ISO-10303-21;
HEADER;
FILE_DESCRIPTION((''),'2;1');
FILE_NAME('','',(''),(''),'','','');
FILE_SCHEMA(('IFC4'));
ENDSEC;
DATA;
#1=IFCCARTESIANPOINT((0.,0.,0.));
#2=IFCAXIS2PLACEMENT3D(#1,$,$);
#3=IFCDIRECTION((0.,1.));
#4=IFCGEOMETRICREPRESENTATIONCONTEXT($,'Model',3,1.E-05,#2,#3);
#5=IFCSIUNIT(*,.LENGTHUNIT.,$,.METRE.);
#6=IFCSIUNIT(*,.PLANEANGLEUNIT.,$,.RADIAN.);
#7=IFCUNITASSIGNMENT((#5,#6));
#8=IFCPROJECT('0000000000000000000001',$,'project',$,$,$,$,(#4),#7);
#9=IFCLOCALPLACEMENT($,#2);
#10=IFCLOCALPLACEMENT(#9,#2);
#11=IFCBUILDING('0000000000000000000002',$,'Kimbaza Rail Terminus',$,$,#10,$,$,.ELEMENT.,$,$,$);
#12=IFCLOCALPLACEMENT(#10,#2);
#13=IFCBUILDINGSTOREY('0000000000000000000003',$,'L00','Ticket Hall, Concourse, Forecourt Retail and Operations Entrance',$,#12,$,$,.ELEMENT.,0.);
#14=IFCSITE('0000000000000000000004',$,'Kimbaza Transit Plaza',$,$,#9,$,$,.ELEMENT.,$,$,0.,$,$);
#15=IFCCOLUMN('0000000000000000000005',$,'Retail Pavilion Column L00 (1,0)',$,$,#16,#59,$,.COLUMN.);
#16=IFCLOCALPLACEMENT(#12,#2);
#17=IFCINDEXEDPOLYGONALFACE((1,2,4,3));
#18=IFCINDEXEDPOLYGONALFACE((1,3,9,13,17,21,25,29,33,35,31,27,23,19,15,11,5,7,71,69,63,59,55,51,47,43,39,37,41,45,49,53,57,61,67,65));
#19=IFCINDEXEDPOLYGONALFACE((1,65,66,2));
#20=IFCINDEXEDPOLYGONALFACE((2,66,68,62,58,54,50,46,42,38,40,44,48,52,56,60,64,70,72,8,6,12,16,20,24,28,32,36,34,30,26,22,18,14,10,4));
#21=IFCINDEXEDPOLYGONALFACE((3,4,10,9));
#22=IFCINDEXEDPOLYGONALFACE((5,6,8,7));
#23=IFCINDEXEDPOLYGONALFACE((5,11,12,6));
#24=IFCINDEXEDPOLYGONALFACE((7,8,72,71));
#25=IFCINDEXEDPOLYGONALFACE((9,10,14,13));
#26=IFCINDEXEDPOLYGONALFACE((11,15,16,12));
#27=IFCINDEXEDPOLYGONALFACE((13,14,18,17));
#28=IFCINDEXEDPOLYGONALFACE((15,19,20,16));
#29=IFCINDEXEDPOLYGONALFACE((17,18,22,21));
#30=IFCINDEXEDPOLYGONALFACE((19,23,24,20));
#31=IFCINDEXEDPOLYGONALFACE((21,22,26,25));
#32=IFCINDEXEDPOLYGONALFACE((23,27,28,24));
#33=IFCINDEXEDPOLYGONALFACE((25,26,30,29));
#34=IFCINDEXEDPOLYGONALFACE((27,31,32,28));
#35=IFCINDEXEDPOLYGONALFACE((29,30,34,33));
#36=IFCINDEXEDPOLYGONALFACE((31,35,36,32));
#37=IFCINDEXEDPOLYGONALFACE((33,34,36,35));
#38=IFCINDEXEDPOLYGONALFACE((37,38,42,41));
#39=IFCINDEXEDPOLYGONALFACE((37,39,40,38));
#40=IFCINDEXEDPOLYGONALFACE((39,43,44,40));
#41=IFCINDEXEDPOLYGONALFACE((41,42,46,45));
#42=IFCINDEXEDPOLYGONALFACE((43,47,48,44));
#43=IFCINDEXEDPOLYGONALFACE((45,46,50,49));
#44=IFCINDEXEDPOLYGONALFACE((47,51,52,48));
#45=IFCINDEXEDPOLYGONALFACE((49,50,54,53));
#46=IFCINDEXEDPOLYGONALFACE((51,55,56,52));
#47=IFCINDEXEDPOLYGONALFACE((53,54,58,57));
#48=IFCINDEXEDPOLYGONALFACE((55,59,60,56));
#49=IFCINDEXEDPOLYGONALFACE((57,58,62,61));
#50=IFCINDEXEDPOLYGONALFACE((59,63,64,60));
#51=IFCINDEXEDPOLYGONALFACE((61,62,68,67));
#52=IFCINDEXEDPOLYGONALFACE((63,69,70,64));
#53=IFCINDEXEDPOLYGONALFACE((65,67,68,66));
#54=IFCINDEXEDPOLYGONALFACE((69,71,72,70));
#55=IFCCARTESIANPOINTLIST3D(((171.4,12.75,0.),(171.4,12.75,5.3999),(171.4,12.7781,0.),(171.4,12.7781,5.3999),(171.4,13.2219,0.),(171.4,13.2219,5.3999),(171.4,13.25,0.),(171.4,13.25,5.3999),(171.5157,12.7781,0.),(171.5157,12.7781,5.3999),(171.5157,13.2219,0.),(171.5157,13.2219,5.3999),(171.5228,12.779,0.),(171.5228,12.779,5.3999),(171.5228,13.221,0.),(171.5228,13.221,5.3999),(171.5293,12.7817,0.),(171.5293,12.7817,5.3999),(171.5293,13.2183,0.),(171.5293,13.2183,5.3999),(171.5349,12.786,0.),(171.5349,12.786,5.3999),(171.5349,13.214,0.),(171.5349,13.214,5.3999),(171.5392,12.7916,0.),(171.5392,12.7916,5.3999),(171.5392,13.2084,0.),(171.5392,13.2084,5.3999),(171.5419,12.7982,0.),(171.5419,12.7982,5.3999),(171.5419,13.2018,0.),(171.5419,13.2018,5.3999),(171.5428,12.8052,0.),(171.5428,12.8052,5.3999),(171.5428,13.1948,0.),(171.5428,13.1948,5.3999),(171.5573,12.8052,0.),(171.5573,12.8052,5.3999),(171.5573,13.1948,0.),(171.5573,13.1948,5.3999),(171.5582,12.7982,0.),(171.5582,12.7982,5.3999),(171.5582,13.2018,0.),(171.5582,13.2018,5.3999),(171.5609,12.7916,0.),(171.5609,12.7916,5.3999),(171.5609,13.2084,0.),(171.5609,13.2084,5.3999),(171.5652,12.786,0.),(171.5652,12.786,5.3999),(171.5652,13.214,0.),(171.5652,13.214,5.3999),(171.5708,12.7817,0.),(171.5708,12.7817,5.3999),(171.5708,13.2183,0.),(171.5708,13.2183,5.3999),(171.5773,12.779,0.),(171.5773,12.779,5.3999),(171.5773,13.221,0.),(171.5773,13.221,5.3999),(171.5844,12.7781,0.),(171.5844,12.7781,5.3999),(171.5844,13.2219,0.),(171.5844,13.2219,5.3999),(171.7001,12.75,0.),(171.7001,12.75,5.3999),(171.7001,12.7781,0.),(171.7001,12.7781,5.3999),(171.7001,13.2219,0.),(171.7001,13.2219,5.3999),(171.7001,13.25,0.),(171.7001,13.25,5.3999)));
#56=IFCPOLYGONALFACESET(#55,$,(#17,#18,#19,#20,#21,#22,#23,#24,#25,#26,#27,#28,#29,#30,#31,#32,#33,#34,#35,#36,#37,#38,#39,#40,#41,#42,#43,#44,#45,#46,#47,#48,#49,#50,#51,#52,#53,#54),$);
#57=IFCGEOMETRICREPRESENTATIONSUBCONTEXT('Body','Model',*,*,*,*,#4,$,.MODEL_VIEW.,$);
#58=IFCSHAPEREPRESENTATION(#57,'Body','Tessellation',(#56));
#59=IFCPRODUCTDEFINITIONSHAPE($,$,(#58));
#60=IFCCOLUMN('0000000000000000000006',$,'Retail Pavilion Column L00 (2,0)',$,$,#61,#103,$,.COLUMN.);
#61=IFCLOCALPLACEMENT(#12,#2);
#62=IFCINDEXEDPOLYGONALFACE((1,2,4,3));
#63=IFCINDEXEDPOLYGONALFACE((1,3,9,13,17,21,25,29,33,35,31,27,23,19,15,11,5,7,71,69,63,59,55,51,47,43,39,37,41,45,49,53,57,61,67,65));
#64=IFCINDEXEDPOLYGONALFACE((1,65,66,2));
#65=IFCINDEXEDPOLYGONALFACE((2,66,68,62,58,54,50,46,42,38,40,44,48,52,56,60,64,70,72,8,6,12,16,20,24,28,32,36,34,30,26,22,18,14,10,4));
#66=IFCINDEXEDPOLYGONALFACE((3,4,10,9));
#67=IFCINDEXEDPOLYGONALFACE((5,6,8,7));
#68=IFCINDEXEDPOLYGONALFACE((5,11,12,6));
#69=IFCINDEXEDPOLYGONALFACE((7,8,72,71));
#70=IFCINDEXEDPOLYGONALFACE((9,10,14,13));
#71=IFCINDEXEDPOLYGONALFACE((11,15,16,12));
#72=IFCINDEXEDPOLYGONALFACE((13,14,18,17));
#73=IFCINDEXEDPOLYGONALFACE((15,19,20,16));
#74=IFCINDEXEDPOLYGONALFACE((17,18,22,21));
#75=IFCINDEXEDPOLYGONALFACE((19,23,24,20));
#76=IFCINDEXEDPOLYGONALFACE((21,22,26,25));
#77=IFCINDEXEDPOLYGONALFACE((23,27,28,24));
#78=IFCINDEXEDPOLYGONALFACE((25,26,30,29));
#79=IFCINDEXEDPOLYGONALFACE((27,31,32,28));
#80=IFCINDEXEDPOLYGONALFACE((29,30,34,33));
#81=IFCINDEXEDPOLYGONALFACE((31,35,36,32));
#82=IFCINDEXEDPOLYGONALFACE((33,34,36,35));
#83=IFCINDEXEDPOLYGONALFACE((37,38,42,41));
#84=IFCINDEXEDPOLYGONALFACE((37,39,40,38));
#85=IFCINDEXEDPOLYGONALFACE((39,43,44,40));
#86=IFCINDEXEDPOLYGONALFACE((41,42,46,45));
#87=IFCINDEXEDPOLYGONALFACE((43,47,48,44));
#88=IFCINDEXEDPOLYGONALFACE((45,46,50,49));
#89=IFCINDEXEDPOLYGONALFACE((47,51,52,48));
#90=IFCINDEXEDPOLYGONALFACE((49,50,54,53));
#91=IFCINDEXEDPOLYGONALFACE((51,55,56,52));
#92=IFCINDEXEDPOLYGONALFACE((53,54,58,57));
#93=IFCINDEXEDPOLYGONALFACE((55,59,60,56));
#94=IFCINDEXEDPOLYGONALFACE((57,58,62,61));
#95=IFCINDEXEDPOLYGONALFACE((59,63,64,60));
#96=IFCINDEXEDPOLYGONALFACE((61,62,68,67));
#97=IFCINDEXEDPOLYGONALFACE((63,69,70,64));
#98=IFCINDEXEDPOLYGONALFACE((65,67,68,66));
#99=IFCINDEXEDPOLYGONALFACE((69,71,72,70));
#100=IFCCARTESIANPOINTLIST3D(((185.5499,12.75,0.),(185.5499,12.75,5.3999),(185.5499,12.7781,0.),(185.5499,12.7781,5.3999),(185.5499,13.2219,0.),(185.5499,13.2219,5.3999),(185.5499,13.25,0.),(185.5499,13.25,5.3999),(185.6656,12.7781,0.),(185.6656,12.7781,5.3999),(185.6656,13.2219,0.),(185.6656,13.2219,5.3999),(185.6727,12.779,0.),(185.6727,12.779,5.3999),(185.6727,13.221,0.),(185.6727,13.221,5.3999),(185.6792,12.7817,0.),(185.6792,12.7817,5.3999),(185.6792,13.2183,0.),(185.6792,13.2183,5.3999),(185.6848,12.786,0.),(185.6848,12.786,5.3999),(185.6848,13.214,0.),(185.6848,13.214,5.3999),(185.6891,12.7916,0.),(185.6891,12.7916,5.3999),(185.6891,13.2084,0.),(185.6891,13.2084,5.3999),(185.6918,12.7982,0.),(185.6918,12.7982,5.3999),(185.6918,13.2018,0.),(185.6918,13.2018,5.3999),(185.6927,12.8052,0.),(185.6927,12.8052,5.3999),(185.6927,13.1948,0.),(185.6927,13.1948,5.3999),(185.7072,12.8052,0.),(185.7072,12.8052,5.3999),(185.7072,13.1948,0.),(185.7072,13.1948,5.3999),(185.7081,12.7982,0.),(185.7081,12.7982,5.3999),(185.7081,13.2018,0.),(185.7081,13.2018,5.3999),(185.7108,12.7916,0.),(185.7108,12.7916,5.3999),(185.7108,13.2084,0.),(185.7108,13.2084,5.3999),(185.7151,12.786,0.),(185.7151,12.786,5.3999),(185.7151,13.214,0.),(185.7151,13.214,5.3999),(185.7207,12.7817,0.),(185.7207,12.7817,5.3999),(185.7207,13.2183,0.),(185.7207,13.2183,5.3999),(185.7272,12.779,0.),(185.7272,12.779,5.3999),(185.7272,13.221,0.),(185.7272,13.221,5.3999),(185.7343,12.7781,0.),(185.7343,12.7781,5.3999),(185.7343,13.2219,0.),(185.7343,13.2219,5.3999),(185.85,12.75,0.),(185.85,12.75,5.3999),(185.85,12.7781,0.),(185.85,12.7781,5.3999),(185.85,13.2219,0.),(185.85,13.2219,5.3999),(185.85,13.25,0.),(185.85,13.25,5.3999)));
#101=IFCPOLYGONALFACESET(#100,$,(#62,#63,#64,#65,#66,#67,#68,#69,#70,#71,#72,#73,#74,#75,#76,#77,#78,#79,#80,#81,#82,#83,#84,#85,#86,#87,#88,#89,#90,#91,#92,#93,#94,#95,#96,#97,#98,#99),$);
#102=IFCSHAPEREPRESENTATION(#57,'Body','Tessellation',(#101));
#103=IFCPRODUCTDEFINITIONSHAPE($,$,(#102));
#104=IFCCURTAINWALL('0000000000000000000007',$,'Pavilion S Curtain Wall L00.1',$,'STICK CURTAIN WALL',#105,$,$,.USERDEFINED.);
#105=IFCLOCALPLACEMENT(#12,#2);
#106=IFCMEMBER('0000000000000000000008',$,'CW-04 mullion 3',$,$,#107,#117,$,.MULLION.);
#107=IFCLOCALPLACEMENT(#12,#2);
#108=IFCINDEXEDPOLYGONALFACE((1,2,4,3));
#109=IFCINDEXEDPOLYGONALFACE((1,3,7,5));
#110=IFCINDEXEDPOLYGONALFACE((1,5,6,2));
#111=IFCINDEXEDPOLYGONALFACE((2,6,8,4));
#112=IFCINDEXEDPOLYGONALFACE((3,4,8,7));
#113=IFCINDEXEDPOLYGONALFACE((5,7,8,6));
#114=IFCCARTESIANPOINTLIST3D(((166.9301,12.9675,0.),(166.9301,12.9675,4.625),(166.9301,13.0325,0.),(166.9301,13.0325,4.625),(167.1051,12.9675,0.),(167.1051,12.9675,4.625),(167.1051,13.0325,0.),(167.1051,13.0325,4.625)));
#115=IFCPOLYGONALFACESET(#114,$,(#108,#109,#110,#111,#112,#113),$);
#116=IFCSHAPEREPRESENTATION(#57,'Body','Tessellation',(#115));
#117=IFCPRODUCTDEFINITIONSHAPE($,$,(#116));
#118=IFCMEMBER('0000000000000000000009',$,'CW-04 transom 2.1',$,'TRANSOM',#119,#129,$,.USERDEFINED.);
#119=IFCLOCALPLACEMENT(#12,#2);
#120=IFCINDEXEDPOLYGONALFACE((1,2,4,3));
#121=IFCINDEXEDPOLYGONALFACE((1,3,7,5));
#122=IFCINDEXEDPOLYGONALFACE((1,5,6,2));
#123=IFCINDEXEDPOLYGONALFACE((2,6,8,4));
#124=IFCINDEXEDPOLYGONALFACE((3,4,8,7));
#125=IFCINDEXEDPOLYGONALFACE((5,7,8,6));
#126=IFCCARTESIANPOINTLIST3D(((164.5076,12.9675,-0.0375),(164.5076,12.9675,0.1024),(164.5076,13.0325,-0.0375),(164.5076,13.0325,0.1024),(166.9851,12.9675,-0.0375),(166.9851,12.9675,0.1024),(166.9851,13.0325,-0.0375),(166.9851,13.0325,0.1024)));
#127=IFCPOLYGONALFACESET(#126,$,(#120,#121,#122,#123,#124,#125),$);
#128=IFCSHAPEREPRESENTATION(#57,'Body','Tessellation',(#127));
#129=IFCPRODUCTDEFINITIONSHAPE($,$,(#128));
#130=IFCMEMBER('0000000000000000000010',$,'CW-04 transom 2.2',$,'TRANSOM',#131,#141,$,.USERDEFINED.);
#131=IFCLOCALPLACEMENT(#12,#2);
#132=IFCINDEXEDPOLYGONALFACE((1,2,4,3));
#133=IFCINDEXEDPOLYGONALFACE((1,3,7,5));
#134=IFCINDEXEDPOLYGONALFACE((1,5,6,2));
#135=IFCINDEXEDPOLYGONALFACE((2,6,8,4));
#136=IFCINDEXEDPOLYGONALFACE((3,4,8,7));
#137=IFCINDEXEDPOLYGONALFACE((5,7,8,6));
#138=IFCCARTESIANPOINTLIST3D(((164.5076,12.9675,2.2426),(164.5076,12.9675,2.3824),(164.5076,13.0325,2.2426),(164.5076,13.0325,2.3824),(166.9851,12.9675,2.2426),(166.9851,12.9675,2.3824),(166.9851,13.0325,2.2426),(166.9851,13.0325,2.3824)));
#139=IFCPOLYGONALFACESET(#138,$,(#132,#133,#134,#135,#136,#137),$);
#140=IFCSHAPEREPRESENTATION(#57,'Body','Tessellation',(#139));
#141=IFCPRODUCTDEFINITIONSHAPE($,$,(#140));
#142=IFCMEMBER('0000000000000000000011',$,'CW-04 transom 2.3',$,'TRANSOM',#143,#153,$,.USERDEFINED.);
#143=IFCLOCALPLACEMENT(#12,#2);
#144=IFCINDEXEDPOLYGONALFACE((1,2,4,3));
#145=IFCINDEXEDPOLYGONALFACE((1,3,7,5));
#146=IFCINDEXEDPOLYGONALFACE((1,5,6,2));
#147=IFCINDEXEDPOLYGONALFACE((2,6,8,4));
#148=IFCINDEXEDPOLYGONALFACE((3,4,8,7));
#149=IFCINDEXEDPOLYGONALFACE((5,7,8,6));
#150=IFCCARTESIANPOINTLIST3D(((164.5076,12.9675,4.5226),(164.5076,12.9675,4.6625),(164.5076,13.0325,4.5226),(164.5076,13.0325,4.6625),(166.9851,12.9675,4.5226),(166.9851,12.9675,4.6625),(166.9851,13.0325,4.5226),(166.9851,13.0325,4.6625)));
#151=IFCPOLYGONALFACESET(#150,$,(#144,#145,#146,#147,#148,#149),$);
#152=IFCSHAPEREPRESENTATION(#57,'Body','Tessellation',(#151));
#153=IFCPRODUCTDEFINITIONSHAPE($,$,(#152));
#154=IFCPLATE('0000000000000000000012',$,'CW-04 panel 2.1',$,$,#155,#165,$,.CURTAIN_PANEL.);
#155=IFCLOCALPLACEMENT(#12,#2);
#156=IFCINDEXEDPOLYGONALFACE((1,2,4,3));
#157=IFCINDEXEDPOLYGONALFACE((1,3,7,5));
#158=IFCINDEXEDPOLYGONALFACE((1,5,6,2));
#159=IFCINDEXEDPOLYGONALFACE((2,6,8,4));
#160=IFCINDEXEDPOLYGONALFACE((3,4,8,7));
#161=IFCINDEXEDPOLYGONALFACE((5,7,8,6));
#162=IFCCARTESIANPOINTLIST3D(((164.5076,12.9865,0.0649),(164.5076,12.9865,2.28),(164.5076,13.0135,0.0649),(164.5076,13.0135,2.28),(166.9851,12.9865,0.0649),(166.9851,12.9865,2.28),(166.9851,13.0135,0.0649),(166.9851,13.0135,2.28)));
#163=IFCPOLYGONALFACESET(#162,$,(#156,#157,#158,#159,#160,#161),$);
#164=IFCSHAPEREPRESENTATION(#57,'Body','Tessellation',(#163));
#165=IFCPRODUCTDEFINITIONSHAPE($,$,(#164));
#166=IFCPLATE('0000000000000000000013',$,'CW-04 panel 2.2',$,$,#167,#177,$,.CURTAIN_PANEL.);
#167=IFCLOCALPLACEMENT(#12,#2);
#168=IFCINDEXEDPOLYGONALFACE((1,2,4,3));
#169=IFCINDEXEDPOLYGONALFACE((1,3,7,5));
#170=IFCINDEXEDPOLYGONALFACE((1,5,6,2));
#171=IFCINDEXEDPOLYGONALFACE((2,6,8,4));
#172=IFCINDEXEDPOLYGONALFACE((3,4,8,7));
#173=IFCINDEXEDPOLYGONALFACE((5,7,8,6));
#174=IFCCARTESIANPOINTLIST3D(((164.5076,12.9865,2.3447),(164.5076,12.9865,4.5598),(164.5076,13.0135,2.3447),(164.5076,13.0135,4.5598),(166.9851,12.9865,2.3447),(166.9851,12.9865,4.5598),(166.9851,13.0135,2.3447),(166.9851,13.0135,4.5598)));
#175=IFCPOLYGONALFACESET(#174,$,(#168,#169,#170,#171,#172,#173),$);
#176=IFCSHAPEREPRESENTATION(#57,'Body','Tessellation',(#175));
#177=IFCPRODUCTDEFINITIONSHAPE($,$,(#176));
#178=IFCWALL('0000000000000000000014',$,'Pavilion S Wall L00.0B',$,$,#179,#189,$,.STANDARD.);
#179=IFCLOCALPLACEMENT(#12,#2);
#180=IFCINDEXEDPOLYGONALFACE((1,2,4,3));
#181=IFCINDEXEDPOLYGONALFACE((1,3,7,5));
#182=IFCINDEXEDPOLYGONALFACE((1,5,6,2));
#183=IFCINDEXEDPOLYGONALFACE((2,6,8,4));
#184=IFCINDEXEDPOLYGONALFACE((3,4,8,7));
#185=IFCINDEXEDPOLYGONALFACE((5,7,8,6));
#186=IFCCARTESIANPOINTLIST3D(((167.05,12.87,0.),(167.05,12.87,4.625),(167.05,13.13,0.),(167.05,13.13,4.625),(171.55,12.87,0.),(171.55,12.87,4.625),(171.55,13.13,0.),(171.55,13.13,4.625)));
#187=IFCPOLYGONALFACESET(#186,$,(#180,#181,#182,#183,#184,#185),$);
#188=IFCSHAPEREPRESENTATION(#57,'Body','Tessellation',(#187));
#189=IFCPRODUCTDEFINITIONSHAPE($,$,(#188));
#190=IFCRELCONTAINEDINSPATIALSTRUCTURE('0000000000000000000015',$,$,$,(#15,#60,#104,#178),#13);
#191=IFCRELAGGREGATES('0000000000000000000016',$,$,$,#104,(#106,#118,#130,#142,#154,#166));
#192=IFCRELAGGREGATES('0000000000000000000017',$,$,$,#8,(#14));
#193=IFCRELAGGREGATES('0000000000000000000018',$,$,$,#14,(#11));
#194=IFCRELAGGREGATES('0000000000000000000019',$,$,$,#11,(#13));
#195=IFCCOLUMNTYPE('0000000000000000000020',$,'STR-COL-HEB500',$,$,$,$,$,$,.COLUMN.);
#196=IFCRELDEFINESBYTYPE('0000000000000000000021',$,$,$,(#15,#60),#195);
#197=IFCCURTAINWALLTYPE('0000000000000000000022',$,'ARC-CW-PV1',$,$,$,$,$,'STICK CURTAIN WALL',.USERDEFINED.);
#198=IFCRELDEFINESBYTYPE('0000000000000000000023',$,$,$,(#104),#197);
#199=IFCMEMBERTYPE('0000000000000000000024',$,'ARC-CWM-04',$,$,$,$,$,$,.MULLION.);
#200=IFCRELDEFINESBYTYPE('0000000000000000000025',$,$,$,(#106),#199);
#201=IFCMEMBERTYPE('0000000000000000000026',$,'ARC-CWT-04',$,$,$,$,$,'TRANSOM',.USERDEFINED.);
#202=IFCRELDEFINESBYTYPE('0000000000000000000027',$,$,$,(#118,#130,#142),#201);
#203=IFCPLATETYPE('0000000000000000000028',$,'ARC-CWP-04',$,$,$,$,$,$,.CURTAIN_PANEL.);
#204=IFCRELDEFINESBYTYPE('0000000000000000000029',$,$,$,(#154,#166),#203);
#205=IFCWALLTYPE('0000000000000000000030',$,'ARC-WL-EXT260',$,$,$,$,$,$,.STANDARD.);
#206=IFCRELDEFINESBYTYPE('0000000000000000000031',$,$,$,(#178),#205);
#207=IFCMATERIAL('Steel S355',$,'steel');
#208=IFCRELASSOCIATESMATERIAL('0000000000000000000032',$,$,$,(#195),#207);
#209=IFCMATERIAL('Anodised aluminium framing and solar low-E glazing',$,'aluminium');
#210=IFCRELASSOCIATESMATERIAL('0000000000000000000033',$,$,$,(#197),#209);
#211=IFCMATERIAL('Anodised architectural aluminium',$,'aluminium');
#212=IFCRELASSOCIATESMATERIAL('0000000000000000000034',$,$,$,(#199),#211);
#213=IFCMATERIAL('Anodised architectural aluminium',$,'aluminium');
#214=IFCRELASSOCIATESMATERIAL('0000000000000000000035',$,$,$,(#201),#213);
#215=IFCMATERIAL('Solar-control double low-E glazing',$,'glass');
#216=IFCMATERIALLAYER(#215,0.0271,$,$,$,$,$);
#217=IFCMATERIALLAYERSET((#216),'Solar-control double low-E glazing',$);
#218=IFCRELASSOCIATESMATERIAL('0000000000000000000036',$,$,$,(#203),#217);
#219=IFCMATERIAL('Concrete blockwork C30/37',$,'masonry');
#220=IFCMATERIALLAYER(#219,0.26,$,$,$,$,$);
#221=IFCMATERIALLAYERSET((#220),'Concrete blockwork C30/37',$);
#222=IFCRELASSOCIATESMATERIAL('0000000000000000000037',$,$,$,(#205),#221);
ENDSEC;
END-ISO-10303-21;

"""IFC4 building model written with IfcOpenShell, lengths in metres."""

from ifc_helpers import new_model, si_unit, direction, frame, frame_2d, origin, origin_2d, place, context, subcontext, project, spatial, rectangle, i_section, extrude, material, layer, layer_set, material_profile, profile_set, type_object, element, aggregate, save


model = new_model("IFC4")

# Units and contexts
model_context = context("Model", 3, precision=1e-05, world=origin(), true_north=direction((0.0, 1.0)))
body_context = subcontext(model_context, "Body", "Model", "MODEL_VIEW")
ifc_project = project(units=[si_unit("LENGTHUNIT", "METRE"), si_unit("PLANEANGLEUNIT", "RADIAN")], contexts=[model_context])

# Site, building, storey
site_placement = place(None, origin())
site = spatial("IfcSite", under=ifc_project, at=site_placement, Name="Kimbaza Transit Plaza", CompositionType="ELEMENT", RefElevation=0.0)
building_placement = place(site_placement, origin())
building = spatial("IfcBuilding", under=site, at=building_placement, Name="Kimbaza Rail Terminus", CompositionType="ELEMENT")
storey_placement = place(building_placement, origin())
storey = spatial("IfcBuildingStorey", under=building, at=storey_placement, Name="L00", Description="Ticket Hall, Concourse, Forecourt Retail and Operations Entrance", CompositionType="ELEMENT", Elevation=0.0)

# Columns
ifc_material_1 = material(Name="Steel S355", Category="steel")
ifc_material_profile_1 = material_profile(ifc_material_1, i_section(OverallWidth=0.3, OverallDepth=0.5, WebThickness=0.0144, FlangeThickness=0.0281, FilletRadius=0.0271, at=origin_2d()), Name="HEB 500")
ifc_profile_set_1 = profile_set([ifc_material_profile_1], Name="Steel S355")
column_type = type_object("IfcColumnType", Name="STR-COL-HEB500", PredefinedType="COLUMN", material=ifc_profile_set_1)
for number, where, z_axis, x_axis, name in (
    (1, (171.55, 13.0, 0.0), (0.0, 0.0, 1.0), (1.0, 0.0, 0.0), "Retail Pavilion Column L00 (1,0)"),
    (2, (185.7, 13.0, 0.0), (0.0, 0.0, 1.0), (1.0, 0.0, 0.0), "Retail Pavilion Column L00 (2,0)"),
):
    element("IfcColumn", number, at=place(storey_placement, frame(where, z_axis=z_axis, x_axis=x_axis)), inside=storey, type_object=column_type, Name=name, PredefinedType="COLUMN", context=body_context, shape_type="SweptSolid", body=[
        extrude(i_section(OverallWidth=0.3, OverallDepth=0.5, WebThickness=0.0144, FlangeThickness=0.0281, FilletRadius=0.0271, at=origin_2d()), origin(), (0.0, 0.0, 1.0), 5.3999),
    ])

# Curtain wall, members, plates
ifc_material_2 = material(Name="Anodised aluminium framing and solar low-E glazing", Category="aluminium")
curtain_wall_type = type_object("IfcCurtainWallType", Name="ARC-CW-PV1", ElementType="STICK CURTAIN WALL", PredefinedType="USERDEFINED", material=ifc_material_2)
curtain_wall_placement = place(storey_placement, origin())
curtain_wall = element("IfcCurtainWall", 3, at=curtain_wall_placement, inside=storey, type_object=curtain_wall_type, Name="Pavilion S Curtain Wall L00.1", ObjectType="STICK CURTAIN WALL", PredefinedType="USERDEFINED")
ifc_material_3 = material(Name="Anodised architectural aluminium", Category="aluminium")
ifc_material_profile_2 = material_profile(ifc_material_3, rectangle(XDim=0.0649, YDim=0.175, at=origin_2d()), Name="MULLION 65x175")
ifc_profile_set_2 = profile_set([ifc_material_profile_2], Name="Anodised architectural aluminium")
member_type_1 = type_object("IfcMemberType", Name="ARC-CWM-04", PredefinedType="MULLION", material=ifc_profile_set_2)
member_1_placement = place(storey_placement, frame((167.0176, 13.0, 0.0), z_axis=(0.0, 0.0, 1.0), x_axis=(0.0, 1.0, 0.0)))
member_1 = element("IfcMember", 4, at=member_1_placement, type_object=member_type_1, Name="CW-04 mullion 3", PredefinedType="MULLION", context=body_context, shape_type="SweptSolid", body=[
    extrude(rectangle(XDim=0.0649, YDim=0.175, at=origin_2d()), origin(), (0.0, 0.0, 1.0), 4.625),
])
ifc_material_4 = material(Name="Anodised architectural aluminium", Category="aluminium")
ifc_material_profile_3 = material_profile(ifc_material_4, rectangle(XDim=0.0649, YDim=0.1399, at=origin_2d()), Name="TRANSOM 65x140")
ifc_profile_set_3 = profile_set([ifc_material_profile_3], Name="Anodised architectural aluminium")
member_type_2 = type_object("IfcMemberType", Name="ARC-CWT-04", ElementType="TRANSOM", PredefinedType="USERDEFINED", material=ifc_profile_set_3)
member_2_placement = place(storey_placement, frame((164.5076, 13.0, 0.0325), z_axis=(1.0, 0.0, 0.0), x_axis=(0.0, 1.0, 0.0)))
member_2 = element("IfcMember", 5, at=member_2_placement, type_object=member_type_2, Name="CW-04 transom 2.1", ObjectType="TRANSOM", PredefinedType="USERDEFINED", context=body_context, shape_type="SweptSolid", body=[
    extrude(rectangle(XDim=0.0649, YDim=0.1399, at=origin_2d()), origin(), (0.0, 0.0, 1.0), 2.4775),
])
member_3_placement = place(storey_placement, frame((164.5076, 13.0, 2.3125), z_axis=(1.0, 0.0, 0.0), x_axis=(0.0, 1.0, 0.0)))
member_3 = element("IfcMember", 6, at=member_3_placement, type_object=member_type_2, Name="CW-04 transom 2.2", ObjectType="TRANSOM", PredefinedType="USERDEFINED", context=body_context, shape_type="SweptSolid", body=[
    extrude(rectangle(XDim=0.0649, YDim=0.1399, at=origin_2d()), origin(), (0.0, 0.0, 1.0), 2.4775),
])
member_4_placement = place(storey_placement, frame((164.5076, 13.0, 4.5925), z_axis=(1.0, 0.0, 0.0), x_axis=(0.0, 1.0, 0.0)))
member_4 = element("IfcMember", 7, at=member_4_placement, type_object=member_type_2, Name="CW-04 transom 2.3", ObjectType="TRANSOM", PredefinedType="USERDEFINED", context=body_context, shape_type="SweptSolid", body=[
    extrude(rectangle(XDim=0.0649, YDim=0.1399, at=origin_2d()), origin(), (0.0, 0.0, 1.0), 2.4775),
])
ifc_material_5 = material(Name="Solar-control double low-E glazing", Category="glass")
ifc_layer_1 = layer(ifc_material_5, 0.0271)
ifc_layer_set_1 = layer_set([ifc_layer_1], Name="Solar-control double low-E glazing")
plate_type = type_object("IfcPlateType", Name="ARC-CWP-04", PredefinedType="CURTAIN_PANEL", material=ifc_layer_set_1)
plate_1_placement = place(storey_placement, frame((165.7463, 13.0, 0.0649), z_axis=(0.0, 0.0, 1.0), x_axis=(1.0, 0.0, 0.0)))
plate_1 = element("IfcPlate", 8, at=plate_1_placement, type_object=plate_type, Name="CW-04 panel 2.1", PredefinedType="CURTAIN_PANEL", context=body_context, shape_type="SweptSolid", body=[
    extrude(rectangle(XDim=2.4775, YDim=0.0271, at=origin_2d()), origin(), (0.0, 0.0, 1.0), 2.2151),
])
plate_2_placement = place(storey_placement, frame((165.7463, 13.0, 2.3447), z_axis=(0.0, 0.0, 1.0), x_axis=(1.0, 0.0, 0.0)))
plate_2 = element("IfcPlate", 9, at=plate_2_placement, type_object=plate_type, Name="CW-04 panel 2.2", PredefinedType="CURTAIN_PANEL", context=body_context, shape_type="SweptSolid", body=[
    extrude(rectangle(XDim=2.4775, YDim=0.0271, at=origin_2d()), origin(), (0.0, 0.0, 1.0), 2.2151),
])
aggregate(curtain_wall, [member_1, member_2, member_3, member_4, plate_1, plate_2])

# Wall
ifc_material_6 = material(Name="Concrete blockwork C30/37", Category="masonry")
ifc_layer_2 = layer(ifc_material_6, 0.26)
ifc_layer_set_2 = layer_set([ifc_layer_2], Name="Concrete blockwork C30/37")
wall_type_1 = type_object("IfcWallType", Name="ARC-WL-EXT260", PredefinedType="STANDARD", material=ifc_layer_set_2)
wall_1_placement = place(storey_placement, frame((167.05, 13.0, 0.0), z_axis=(0.0, 0.0, 1.0), x_axis=(1.0, 0.0, 0.0)))
element("IfcWall", 10, at=wall_1_placement, inside=storey, type_object=wall_type_1, Name="Pavilion S Wall L00.0B", PredefinedType="STANDARD", context=body_context, shape_type="SweptSolid", body=[
    extrude(rectangle(XDim=4.5, YDim=0.26, at=frame_2d((2.25, 0.0))), origin(), (0.0, 0.0, 1.0), 4.625),
])

save(model, "model.ifc")
